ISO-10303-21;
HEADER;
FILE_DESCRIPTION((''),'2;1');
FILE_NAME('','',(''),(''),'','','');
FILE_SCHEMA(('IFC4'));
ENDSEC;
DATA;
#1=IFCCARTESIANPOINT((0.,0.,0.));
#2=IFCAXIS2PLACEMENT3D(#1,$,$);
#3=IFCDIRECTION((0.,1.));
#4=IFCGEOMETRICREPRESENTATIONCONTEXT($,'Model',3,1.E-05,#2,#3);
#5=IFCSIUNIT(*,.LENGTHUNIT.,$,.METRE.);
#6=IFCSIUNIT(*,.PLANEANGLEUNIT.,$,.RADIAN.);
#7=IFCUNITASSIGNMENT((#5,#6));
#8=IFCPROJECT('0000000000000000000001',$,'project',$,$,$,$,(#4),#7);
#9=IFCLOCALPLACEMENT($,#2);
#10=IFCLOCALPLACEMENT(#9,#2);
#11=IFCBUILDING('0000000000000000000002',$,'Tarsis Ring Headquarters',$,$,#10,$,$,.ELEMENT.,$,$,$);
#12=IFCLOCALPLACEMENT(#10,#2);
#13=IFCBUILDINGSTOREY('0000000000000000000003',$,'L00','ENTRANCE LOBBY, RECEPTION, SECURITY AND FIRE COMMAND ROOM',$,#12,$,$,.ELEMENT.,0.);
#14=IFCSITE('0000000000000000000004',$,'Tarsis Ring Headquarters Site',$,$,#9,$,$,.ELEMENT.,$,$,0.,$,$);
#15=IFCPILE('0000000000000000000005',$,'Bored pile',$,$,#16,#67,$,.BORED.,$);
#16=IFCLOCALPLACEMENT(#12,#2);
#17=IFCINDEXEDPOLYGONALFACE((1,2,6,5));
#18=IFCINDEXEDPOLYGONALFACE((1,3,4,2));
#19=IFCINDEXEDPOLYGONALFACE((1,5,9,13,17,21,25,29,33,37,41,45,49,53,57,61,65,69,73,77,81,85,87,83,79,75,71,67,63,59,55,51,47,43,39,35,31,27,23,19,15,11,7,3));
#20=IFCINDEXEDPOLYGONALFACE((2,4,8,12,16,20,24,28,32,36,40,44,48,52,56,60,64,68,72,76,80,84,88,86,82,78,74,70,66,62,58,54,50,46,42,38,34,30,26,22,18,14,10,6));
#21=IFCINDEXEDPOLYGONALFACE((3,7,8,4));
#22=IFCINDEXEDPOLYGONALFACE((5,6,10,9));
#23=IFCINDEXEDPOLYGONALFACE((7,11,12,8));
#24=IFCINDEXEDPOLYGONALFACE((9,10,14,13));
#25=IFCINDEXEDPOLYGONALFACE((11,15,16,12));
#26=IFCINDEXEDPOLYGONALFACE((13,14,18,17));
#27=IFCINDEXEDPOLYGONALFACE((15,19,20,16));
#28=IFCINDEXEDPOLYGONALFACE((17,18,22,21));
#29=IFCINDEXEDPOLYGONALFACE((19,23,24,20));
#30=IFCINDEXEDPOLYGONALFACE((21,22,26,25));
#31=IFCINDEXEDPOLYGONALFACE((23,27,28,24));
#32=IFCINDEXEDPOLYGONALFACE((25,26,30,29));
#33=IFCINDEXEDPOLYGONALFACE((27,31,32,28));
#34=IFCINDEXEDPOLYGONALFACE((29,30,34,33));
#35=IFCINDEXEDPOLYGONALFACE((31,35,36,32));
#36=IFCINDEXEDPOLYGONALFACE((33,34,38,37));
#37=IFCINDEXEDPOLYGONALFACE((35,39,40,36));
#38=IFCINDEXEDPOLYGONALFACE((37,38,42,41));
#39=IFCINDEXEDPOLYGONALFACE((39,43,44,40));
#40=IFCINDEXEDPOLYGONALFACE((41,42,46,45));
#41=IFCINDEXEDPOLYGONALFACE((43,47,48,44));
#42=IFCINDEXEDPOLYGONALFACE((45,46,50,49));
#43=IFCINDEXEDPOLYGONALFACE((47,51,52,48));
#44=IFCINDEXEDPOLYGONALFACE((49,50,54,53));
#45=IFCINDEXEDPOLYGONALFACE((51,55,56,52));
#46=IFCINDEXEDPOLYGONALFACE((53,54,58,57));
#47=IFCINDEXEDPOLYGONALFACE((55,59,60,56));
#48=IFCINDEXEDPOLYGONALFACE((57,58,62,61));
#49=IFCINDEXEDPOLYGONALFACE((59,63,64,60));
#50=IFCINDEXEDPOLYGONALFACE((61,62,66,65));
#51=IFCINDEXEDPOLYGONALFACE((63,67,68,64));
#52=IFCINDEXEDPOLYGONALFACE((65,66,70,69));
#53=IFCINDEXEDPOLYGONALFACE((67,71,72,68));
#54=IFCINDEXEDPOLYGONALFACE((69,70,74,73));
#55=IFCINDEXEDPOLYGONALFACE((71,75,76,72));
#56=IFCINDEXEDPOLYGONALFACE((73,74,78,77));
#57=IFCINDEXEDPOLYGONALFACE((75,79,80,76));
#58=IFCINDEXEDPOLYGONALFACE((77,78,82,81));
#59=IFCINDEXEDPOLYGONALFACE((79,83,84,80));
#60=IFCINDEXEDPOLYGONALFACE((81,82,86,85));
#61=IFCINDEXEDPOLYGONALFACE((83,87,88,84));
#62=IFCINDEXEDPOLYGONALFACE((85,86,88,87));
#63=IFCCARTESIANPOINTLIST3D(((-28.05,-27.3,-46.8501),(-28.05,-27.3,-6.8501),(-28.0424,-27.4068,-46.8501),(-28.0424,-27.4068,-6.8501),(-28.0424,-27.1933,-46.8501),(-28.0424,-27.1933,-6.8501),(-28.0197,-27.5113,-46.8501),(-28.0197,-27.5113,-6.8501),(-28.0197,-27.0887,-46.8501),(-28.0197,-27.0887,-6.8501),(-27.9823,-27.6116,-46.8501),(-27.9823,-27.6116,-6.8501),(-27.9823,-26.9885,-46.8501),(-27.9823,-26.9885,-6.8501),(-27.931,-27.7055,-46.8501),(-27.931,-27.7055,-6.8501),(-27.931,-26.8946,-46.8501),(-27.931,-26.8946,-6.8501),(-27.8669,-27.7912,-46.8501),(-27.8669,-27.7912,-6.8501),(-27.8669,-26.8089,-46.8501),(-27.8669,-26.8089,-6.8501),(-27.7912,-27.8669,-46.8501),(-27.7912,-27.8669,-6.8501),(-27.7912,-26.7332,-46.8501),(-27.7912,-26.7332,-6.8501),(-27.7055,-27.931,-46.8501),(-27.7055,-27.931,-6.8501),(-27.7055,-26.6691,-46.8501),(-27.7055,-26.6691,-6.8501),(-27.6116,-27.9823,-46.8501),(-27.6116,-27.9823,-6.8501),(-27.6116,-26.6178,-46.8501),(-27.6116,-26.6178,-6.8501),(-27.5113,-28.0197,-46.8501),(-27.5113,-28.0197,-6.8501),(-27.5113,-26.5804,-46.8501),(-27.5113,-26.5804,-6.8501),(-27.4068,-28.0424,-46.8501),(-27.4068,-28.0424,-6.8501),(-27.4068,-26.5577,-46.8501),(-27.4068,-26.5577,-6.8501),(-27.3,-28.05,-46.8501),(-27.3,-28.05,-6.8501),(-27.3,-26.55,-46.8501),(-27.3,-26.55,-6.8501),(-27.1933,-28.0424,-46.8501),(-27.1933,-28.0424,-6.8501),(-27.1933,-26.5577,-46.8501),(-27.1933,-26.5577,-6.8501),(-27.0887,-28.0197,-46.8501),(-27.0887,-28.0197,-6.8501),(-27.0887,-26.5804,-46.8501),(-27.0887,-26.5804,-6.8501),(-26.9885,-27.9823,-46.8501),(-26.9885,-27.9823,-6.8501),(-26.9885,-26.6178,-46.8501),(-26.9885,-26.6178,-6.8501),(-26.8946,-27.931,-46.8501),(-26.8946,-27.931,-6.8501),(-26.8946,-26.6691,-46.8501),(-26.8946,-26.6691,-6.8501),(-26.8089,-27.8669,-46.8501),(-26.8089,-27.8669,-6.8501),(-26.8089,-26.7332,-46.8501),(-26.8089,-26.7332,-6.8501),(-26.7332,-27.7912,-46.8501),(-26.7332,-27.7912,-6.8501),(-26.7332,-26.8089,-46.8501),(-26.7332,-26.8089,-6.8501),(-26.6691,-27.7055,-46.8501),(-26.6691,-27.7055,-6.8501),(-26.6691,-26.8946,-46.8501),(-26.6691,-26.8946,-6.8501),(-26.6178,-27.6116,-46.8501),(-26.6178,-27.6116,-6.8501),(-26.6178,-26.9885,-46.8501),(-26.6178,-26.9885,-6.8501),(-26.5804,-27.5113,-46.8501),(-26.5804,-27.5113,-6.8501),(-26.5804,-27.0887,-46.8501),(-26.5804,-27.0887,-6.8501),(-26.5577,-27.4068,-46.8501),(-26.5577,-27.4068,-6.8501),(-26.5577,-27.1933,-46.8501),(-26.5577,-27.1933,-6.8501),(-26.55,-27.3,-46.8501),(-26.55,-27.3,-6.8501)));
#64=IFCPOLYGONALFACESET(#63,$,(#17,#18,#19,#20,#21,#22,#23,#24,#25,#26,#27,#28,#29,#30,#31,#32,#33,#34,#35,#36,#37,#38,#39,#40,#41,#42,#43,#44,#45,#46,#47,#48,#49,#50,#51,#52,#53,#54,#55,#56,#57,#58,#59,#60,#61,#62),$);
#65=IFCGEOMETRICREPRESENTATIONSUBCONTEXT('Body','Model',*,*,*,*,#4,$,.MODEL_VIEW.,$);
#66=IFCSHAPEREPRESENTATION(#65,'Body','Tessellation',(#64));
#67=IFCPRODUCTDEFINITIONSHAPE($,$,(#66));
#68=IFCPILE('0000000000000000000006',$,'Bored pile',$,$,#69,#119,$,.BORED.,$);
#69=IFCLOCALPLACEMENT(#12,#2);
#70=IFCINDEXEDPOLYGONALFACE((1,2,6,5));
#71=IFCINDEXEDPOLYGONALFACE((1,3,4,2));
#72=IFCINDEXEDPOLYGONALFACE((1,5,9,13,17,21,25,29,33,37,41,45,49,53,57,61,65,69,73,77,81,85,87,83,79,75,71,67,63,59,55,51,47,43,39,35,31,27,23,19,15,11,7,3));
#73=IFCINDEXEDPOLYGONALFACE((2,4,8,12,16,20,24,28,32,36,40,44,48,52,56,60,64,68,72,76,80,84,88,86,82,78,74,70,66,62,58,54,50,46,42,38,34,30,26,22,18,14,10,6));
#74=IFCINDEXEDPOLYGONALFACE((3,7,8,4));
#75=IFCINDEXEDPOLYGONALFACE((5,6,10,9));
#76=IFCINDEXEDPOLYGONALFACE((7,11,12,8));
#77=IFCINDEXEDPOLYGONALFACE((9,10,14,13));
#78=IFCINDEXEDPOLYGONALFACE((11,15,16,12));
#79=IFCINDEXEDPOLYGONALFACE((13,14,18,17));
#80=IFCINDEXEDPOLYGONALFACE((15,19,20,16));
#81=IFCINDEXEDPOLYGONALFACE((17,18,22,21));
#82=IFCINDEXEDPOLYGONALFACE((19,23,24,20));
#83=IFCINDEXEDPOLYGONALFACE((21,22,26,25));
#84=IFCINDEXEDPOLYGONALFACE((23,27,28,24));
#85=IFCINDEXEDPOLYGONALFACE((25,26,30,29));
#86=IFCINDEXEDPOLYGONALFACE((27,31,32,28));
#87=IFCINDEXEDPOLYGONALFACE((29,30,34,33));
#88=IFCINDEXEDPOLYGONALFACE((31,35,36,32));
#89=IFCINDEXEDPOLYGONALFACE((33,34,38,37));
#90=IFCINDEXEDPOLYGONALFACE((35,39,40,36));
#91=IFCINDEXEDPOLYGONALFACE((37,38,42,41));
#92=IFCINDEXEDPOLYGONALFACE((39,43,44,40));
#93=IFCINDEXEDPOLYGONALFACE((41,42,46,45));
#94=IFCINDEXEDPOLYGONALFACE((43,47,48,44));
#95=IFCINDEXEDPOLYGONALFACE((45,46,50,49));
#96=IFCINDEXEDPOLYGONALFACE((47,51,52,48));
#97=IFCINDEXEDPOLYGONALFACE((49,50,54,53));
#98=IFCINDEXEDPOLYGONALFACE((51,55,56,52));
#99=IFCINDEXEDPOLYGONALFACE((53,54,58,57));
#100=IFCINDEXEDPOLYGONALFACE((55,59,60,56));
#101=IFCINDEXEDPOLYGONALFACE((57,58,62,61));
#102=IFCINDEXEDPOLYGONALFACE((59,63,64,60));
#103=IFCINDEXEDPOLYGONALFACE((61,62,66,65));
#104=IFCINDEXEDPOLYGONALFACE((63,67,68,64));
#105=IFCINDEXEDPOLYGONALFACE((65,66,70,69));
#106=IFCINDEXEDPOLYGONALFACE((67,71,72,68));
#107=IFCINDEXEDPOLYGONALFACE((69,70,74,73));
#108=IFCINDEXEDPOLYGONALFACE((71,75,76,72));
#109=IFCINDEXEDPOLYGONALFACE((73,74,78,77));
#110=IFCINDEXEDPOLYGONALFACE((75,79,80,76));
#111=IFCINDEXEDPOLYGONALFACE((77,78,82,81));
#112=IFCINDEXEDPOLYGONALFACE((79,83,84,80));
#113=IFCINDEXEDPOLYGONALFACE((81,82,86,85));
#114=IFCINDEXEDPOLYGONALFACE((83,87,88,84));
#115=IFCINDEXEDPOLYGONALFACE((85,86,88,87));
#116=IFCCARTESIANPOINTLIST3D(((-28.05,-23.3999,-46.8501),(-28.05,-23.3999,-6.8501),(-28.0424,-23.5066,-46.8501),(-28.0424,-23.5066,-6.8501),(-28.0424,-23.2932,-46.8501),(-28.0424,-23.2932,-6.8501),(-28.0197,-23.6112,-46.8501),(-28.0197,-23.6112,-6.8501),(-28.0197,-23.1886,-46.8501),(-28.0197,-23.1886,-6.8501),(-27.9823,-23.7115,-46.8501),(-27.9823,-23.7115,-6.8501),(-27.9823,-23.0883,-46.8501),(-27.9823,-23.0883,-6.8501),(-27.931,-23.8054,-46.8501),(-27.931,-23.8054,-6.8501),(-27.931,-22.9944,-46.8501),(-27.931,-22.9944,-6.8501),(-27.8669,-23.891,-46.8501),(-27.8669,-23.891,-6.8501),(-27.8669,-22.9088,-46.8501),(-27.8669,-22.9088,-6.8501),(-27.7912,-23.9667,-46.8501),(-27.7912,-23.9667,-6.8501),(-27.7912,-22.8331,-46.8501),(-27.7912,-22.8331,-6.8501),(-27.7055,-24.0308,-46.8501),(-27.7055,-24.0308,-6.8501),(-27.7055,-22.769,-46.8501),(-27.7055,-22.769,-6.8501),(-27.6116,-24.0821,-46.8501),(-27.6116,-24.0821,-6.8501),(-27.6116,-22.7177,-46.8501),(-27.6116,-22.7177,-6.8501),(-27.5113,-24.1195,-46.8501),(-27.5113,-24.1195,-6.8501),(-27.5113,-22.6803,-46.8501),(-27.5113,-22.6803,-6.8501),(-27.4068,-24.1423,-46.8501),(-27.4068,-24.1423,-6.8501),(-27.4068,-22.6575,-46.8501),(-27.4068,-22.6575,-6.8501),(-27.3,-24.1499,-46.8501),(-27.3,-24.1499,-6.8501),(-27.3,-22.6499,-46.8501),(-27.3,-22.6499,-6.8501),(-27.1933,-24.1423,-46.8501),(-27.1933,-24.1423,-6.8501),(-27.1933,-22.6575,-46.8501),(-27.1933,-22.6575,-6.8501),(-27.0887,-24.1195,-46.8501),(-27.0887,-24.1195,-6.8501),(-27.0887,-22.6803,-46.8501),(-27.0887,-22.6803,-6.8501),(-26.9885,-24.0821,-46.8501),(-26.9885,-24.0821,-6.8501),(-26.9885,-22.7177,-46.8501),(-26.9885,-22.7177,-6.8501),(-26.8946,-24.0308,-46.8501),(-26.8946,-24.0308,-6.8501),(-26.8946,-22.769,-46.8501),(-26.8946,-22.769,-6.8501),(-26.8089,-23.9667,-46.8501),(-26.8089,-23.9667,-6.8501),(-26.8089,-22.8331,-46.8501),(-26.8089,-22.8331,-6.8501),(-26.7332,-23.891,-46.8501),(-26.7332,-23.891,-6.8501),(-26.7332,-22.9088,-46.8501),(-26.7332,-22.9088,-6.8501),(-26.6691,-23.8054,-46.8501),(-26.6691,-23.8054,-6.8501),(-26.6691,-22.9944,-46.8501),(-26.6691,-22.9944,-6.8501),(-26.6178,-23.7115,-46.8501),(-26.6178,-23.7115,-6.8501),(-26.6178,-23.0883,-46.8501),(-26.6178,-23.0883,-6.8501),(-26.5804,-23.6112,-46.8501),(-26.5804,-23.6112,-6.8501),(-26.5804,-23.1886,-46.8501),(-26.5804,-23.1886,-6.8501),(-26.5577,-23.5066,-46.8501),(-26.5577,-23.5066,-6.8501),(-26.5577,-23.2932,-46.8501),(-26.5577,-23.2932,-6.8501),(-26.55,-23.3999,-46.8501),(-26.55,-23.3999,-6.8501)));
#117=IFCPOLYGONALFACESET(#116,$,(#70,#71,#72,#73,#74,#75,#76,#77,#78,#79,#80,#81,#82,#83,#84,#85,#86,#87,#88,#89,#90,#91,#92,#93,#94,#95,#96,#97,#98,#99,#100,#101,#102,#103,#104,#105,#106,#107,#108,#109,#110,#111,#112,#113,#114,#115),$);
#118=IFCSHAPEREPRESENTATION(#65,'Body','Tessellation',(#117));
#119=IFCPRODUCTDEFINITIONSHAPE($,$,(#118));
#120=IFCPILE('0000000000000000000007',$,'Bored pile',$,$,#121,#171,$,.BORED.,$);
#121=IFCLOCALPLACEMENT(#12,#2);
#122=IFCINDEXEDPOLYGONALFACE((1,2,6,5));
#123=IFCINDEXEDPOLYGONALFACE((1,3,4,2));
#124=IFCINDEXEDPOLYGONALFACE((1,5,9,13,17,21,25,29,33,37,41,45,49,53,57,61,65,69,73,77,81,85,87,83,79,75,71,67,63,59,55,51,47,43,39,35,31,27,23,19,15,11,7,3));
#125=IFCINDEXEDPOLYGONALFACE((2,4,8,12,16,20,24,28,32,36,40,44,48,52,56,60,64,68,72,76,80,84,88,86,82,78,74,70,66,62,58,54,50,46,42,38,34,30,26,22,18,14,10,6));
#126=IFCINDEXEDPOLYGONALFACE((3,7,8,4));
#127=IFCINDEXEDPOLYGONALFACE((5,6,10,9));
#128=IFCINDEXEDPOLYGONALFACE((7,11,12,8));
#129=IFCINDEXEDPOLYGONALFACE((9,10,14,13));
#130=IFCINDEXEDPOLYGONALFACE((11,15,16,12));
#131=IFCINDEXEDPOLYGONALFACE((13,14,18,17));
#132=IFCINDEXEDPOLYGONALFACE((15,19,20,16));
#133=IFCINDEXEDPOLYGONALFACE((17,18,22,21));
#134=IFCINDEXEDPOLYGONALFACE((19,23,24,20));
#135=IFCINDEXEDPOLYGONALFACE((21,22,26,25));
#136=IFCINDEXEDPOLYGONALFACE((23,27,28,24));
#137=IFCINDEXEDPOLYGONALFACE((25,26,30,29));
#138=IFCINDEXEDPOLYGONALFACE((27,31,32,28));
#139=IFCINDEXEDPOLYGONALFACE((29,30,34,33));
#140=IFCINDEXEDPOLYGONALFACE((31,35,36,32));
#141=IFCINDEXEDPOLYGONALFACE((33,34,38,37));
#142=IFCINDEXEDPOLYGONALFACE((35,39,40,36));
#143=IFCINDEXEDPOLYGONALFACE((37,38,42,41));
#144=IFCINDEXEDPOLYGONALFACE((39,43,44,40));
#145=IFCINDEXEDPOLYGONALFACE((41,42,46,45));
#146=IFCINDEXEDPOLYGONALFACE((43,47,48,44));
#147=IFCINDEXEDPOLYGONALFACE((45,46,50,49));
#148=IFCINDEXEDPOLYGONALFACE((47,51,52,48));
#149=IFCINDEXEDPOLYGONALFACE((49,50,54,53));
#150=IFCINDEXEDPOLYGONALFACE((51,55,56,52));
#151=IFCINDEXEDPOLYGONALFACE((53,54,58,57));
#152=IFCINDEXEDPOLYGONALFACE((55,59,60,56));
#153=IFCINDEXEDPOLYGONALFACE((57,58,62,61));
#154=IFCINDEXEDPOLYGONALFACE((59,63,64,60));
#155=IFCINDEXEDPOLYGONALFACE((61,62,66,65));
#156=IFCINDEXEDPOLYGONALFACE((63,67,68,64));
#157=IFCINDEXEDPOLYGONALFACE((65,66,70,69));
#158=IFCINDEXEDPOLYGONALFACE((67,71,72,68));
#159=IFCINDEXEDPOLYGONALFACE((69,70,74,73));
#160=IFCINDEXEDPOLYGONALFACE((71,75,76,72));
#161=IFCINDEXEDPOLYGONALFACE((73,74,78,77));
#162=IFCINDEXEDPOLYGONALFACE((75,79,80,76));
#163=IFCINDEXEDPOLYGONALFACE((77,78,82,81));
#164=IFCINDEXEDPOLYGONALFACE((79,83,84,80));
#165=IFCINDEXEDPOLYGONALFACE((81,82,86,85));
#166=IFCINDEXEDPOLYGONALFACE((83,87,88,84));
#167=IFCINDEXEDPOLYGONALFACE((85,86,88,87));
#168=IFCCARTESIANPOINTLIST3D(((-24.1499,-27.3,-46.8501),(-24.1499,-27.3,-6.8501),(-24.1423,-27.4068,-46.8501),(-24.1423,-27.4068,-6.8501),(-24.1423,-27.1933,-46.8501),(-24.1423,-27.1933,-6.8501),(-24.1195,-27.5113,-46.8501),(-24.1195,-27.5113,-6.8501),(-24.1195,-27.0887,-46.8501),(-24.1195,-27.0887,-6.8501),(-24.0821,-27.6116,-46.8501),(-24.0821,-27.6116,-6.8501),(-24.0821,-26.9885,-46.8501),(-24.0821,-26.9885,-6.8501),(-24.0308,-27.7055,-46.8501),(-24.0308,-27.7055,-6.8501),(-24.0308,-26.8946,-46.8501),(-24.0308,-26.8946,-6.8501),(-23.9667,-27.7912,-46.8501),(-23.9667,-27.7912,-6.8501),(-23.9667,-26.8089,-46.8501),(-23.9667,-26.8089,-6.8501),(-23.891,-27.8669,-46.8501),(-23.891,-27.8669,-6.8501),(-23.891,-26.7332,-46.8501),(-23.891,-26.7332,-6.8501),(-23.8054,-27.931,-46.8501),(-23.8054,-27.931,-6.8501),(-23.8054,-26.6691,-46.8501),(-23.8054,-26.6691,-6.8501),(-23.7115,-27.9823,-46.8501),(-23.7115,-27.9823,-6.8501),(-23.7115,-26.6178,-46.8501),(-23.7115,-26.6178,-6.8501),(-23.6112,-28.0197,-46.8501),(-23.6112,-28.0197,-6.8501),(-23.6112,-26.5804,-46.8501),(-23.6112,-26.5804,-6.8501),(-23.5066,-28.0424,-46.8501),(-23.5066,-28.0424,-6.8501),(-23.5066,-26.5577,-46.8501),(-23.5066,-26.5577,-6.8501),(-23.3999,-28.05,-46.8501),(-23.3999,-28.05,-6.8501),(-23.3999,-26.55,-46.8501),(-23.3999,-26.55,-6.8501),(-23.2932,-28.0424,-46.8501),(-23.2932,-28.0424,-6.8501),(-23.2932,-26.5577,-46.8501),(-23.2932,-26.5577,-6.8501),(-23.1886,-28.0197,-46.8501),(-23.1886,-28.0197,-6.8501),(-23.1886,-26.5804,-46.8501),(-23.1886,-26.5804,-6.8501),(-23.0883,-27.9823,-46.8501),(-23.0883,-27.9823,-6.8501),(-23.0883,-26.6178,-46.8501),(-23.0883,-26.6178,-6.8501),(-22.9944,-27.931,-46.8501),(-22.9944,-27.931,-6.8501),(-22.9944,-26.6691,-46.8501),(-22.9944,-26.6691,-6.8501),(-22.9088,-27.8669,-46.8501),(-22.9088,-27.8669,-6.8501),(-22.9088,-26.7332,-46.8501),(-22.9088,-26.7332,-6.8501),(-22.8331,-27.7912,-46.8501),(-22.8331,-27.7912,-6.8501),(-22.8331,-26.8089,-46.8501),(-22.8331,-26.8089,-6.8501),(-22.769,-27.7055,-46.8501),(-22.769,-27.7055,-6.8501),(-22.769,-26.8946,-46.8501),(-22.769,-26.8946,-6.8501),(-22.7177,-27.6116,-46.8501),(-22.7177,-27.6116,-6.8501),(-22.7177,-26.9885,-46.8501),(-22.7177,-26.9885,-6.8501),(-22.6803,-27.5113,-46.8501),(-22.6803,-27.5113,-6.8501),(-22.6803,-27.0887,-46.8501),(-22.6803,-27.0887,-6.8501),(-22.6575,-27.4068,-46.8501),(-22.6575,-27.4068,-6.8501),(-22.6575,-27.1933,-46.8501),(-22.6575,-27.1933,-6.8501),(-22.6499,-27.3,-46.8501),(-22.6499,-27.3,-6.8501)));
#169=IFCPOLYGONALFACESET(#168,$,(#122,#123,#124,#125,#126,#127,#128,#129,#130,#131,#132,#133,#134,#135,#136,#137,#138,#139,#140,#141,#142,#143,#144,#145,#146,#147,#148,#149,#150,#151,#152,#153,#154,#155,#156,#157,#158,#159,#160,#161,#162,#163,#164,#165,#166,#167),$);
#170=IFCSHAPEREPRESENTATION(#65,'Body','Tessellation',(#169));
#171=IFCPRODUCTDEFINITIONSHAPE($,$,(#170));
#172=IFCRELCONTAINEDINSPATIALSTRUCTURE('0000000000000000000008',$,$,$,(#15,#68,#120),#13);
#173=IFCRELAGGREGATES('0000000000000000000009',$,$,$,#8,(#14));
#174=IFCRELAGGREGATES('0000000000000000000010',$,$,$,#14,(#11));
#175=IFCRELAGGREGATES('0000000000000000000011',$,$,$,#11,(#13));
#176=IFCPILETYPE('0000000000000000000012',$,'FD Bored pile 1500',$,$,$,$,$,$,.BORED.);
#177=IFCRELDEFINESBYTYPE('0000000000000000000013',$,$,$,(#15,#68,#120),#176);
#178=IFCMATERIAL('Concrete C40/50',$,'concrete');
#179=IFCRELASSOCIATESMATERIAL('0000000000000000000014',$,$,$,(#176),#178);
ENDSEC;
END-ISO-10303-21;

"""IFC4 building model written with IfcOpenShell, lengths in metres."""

from ifc_helpers import new_model, si_unit, direction, frame, origin, origin_2d, place, context, subcontext, project, spatial, circle, extrude, material, material_profile, profile_set, type_object, element, save


model = new_model("IFC4")

# Units and contexts
model_context = context("Model", 3, precision=1e-05, world=origin(), true_north=direction((0.0, 1.0)))
body_context = subcontext(model_context, "Body", "Model", "MODEL_VIEW")
ifc_project = project(units=[si_unit("LENGTHUNIT", "METRE"), si_unit("PLANEANGLEUNIT", "RADIAN")], contexts=[model_context])

# Site, building, storey
site_placement = place(None, origin())
site = spatial("IfcSite", under=ifc_project, at=site_placement, Name="Tarsis Ring Headquarters Site", CompositionType="ELEMENT", RefElevation=0.0)
building_placement = place(site_placement, origin())
building = spatial("IfcBuilding", under=site, at=building_placement, Name="Tarsis Ring Headquarters", CompositionType="ELEMENT")
storey_placement = place(building_placement, origin())
storey = spatial("IfcBuildingStorey", under=building, at=storey_placement, Name="L00", Description="ENTRANCE LOBBY, RECEPTION, SECURITY AND FIRE COMMAND ROOM", CompositionType="ELEMENT", Elevation=0.0)

# Piles
ifc_material_1 = material(Name="Concrete C40/50", Category="concrete")
ifc_material_profile_1 = material_profile(ifc_material_1, circle(Radius=0.75, at=origin_2d()), Name="BORED 1500")
ifc_profile_set_1 = profile_set([ifc_material_profile_1], Name="Concrete C40/50")
pile_type_1 = type_object("IfcPileType", Name="FD Bored pile 1500", PredefinedType="BORED", material=ifc_profile_set_1)
for number, where, z_axis, x_axis, name in (
    (1, (-27.3, -27.3, -6.8501), (0.0, 0.0, -1.0), (1.0, 0.0, 0.0), "Bored pile"),
    (2, (-27.3, -23.3999, -6.8501), (0.0, 0.0, -1.0), (1.0, 0.0, 0.0), "Bored pile"),
    (3, (-23.3999, -27.3, -6.8501), (0.0, 0.0, -1.0), (1.0, 0.0, 0.0), "Bored pile"),
):
    element("IfcPile", number, at=place(storey_placement, frame(where, z_axis=z_axis, x_axis=x_axis)), inside=storey, type_object=pile_type_1, Name=name, PredefinedType="BORED", context=body_context, shape_type="SweptSolid", body=[
        extrude(circle(Radius=0.75, at=origin_2d()), origin(), (0.0, 0.0, 1.0), 40.0),
    ])

save(model, "model.ifc")
